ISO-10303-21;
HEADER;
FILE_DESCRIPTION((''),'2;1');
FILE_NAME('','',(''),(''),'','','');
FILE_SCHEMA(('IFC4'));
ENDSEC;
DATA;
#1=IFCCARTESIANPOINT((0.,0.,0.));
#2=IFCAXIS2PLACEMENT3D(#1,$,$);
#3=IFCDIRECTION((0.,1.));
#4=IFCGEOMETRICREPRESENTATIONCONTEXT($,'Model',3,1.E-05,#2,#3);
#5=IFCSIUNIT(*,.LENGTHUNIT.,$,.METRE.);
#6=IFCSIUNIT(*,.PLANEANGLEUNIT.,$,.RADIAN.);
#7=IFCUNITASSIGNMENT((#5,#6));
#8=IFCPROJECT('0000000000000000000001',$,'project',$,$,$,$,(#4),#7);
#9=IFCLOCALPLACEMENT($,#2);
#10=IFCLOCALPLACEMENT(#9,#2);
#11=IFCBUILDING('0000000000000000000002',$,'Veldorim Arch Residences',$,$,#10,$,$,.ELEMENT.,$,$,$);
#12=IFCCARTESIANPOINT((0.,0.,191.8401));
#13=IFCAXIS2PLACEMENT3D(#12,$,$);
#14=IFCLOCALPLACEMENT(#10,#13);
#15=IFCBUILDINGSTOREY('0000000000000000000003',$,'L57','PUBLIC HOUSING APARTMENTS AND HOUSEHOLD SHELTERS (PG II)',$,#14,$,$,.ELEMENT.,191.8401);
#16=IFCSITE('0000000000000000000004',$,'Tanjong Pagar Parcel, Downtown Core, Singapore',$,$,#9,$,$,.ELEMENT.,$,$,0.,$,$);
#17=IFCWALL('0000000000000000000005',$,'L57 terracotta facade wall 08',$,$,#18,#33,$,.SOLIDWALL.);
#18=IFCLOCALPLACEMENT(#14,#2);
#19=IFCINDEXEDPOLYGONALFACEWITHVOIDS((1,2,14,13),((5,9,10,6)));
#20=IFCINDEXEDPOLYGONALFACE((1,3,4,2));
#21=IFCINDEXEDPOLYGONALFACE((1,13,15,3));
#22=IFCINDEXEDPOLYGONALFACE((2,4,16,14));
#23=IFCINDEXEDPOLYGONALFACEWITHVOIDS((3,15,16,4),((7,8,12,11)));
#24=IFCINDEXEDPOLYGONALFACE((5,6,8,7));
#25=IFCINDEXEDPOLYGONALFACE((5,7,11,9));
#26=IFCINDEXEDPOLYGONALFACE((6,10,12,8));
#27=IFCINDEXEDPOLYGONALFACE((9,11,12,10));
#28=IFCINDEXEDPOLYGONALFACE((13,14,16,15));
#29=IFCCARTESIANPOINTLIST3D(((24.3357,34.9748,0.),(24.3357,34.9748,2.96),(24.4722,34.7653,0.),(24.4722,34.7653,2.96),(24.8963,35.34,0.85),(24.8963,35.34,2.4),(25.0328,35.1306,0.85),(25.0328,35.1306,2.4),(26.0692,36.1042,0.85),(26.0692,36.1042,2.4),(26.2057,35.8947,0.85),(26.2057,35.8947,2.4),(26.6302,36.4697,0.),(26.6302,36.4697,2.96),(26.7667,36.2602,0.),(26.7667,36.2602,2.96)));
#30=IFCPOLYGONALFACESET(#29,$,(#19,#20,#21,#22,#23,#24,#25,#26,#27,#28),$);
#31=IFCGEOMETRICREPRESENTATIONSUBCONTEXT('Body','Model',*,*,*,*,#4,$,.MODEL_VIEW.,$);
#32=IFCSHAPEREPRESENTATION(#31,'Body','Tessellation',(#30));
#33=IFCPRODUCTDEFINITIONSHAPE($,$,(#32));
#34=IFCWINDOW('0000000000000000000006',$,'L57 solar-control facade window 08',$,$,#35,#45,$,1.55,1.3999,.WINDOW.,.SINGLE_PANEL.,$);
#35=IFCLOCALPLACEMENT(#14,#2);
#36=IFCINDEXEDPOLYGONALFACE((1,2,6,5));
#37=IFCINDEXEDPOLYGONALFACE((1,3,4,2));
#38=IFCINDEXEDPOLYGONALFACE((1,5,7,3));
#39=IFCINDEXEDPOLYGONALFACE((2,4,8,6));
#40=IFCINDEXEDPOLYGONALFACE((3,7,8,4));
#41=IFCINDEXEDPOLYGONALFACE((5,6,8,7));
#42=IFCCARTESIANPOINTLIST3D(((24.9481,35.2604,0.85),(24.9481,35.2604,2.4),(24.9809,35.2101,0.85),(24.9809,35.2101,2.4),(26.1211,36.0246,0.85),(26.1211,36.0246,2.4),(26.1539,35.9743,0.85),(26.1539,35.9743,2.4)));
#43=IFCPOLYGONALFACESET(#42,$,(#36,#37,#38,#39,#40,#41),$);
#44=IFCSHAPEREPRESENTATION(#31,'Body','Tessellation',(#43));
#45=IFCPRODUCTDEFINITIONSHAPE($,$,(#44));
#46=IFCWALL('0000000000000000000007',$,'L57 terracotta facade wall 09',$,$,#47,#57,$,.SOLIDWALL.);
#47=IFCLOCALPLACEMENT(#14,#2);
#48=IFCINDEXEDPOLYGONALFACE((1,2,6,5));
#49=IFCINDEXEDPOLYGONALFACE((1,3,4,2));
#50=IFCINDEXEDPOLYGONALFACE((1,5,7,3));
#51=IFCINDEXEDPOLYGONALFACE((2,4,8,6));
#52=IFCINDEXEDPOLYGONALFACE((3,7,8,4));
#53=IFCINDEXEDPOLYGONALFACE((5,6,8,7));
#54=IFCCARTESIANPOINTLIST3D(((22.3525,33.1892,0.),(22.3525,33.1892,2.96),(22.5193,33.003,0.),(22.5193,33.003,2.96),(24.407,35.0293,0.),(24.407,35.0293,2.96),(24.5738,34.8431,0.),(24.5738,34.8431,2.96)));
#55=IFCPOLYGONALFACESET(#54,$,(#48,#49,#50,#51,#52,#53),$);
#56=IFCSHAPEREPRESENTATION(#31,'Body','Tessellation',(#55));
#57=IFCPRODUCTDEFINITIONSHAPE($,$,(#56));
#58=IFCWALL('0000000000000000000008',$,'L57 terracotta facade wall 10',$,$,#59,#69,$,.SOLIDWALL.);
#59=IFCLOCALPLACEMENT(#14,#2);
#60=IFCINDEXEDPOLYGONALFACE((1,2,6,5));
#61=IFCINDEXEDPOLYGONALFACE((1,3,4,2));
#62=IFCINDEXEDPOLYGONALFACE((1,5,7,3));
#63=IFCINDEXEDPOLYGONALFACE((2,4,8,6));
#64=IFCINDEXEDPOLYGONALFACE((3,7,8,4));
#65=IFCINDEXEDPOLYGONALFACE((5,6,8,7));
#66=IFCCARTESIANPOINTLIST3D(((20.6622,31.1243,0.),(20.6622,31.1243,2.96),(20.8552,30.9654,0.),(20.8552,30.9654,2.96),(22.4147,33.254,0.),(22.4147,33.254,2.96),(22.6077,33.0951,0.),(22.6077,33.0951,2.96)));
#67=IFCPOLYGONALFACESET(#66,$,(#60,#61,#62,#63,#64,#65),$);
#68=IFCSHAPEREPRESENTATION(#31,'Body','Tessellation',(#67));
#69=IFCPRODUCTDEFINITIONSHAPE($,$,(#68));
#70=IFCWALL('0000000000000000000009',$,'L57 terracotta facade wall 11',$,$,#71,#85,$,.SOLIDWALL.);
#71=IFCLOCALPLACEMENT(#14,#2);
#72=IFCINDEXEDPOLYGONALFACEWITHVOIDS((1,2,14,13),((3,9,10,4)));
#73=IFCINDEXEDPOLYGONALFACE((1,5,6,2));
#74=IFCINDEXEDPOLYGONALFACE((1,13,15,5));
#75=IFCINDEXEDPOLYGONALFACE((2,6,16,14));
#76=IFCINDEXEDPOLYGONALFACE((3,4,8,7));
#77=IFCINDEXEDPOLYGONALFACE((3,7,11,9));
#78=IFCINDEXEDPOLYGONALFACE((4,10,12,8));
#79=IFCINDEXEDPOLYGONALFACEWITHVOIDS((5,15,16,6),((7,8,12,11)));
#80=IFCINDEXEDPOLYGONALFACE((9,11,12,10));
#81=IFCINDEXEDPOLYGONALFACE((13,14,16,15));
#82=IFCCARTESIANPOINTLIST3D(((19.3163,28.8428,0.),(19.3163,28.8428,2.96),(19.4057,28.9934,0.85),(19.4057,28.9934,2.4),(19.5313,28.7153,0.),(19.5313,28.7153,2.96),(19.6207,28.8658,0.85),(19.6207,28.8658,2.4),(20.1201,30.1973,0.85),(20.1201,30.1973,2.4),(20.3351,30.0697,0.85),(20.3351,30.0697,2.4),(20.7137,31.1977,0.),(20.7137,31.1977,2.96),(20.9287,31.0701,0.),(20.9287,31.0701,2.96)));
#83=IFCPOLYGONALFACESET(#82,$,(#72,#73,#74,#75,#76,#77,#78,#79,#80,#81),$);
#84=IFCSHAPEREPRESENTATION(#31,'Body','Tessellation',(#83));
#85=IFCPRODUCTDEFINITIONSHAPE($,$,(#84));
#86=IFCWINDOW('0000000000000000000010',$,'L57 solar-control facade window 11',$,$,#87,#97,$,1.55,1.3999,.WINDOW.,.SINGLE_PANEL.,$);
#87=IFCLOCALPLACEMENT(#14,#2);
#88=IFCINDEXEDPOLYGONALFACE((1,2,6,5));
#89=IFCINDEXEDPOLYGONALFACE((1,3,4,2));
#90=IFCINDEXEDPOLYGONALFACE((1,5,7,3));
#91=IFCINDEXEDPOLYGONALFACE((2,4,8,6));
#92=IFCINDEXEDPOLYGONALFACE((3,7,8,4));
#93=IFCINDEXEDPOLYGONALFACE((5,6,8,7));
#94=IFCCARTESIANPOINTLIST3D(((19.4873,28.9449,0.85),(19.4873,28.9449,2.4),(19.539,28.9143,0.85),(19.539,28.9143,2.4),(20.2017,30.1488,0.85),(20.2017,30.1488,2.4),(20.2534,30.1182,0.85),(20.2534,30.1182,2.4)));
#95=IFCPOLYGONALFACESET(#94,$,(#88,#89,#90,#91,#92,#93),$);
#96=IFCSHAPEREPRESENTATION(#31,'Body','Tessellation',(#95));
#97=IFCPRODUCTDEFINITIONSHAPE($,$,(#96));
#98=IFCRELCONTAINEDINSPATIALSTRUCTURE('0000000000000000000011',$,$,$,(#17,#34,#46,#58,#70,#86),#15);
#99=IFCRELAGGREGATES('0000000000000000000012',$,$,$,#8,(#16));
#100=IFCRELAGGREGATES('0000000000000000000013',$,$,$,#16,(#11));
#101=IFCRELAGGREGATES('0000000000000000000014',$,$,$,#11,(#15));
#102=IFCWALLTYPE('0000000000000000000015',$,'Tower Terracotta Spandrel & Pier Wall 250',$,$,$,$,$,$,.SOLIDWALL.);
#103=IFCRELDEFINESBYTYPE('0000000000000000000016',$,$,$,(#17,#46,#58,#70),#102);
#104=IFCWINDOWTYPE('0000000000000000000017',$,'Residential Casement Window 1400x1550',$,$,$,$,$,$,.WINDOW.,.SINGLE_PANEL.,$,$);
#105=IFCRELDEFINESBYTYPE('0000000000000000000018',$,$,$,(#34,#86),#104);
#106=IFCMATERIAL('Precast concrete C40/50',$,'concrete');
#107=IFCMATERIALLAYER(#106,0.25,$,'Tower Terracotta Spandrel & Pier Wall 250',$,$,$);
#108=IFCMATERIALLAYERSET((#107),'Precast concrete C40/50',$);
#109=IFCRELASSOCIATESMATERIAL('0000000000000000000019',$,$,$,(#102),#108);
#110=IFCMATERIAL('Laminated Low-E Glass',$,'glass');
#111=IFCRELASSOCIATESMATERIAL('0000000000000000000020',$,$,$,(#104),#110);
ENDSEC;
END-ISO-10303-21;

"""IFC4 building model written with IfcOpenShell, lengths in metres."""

from ifc_helpers import new_model, si_unit, direction, frame, frame_2d, origin, place, context, subcontext, project, spatial, rectangle, extrude, material, layer, layer_set, type_object, element, fill, save


model = new_model("IFC4")

# Units and contexts
model_context = context("Model", 3, precision=1e-05, world=origin(), true_north=direction((0.0, 1.0)))
body_context = subcontext(model_context, "Body", "Model", "MODEL_VIEW")
ifc_project = project(units=[si_unit("LENGTHUNIT", "METRE"), si_unit("PLANEANGLEUNIT", "RADIAN")], contexts=[model_context])

# Site, building, storey
site_placement = place(None, origin())
site = spatial("IfcSite", under=ifc_project, at=site_placement, Name="Tanjong Pagar Parcel, Downtown Core, Singapore", CompositionType="ELEMENT", RefElevation=0.0)
building_placement = place(site_placement, origin())
building = spatial("IfcBuilding", under=site, at=building_placement, Name="Veldorim Arch Residences", CompositionType="ELEMENT")
storey_placement = place(building_placement, frame((0.0, 0.0, 191.8401)))
storey = spatial("IfcBuildingStorey", under=building, at=storey_placement, Name="L57", Description="PUBLIC HOUSING APARTMENTS AND HOUSEHOLD SHELTERS (PG II)", CompositionType="ELEMENT", Elevation=191.8401)

# Wall, opening, window
ifc_material_1 = material(Name="Precast concrete C40/50", Category="concrete")
ifc_layer_1 = layer(ifc_material_1, 0.25, Name="Tower Terracotta Spandrel & Pier Wall 250")
ifc_layer_set_1 = layer_set([ifc_layer_1], Name="Precast concrete C40/50")
wall_type_1 = type_object("IfcWallType", Name="Tower Terracotta Spandrel & Pier Wall 250", PredefinedType="SOLIDWALL", material=ifc_layer_set_1)
wall_1_placement = place(storey_placement, frame((24.4041, 34.8701, 0.0), z_axis=(0.0, 0.0, 1.0), x_axis=(0.837861, 0.545884, 0.0)))
wall_1 = element("IfcWall", 1, at=wall_1_placement, inside=storey, type_object=wall_type_1, Name="L57 terracotta facade wall 08", PredefinedType="SOLIDWALL", context=body_context, shape_type="SweptSolid", body=[
    extrude(rectangle(XDim=2.7385, YDim=0.25, at=frame_2d((1.3691, 0.0))), origin(), (0.0, 0.0, 1.0), 2.96),
])
opening_1_placement = place(wall_1_placement, frame((0.6689, 0.0, 0.8501)))
opening_1 = element("IfcOpeningElement", 2, at=opening_1_placement, cuts=wall_1, PredefinedType="OPENING", context=body_context, shape_type="SweptSolid", body=[
    extrude(rectangle(XDim=1.3999, YDim=1.55, at=frame_2d((0.7, 0.7749))), frame((0.0, 0.135, 0.0), z_axis=(0.0, -1.0, 0.0), x_axis=(1.0, 0.0, 0.0)), (0.0, 0.0, 1.0), 0.27),
])
ifc_material_2 = material(Name="Laminated Low-E Glass", Category="glass")
window_type_1 = type_object("IfcWindowType", Name="Residential Casement Window 1400x1550", PartitioningType="SINGLE_PANEL", PredefinedType="WINDOW", material=ifc_material_2)
window_1_placement = place(opening_1_placement, origin())
window_1 = element("IfcWindow", 3, at=window_1_placement, inside=storey, type_object=window_type_1, Name="L57 solar-control facade window 08", OverallHeight=1.55, OverallWidth=1.3999, PartitioningType="SINGLE_PANEL", PredefinedType="WINDOW", context=body_context, shape_type="SweptSolid", body=[
    extrude(rectangle(XDim=1.3999, YDim=1.55, at=frame_2d((0.7, 0.7749))), frame((0.0, 0.03, 0.0), z_axis=(0.0, -1.0, 0.0), x_axis=(1.0, 0.0, 0.0)), (0.0, 0.0, 1.0), 0.0601),
])
fill(opening_1, window_1)

# Walls
for number, where, z_axis, x_axis, name in (
    (4, (22.436, 33.0962, 0.0), (0.0, 0.0, 1.0), (0.744899, 0.667178, 0.0), "L57 terracotta facade wall 09"),
    (5, (20.7588, 31.0449, 0.0), (0.0, 0.0, 1.0), (0.635409, 0.772175, 0.0), "L57 terracotta facade wall 10"),
):
    element("IfcWall", number, at=place(storey_placement, frame(where, z_axis=z_axis, x_axis=x_axis)), inside=storey, type_object=wall_type_1, Name=name, PredefinedType="SOLIDWALL", context=body_context, shape_type="SweptSolid", body=[
        extrude(rectangle(XDim=2.7581, YDim=0.25, at=frame_2d((1.3789, 0.0))), origin(), (0.0, 0.0, 1.0), 2.96),
    ])

# Wall, opening, window
wall_2_placement = place(storey_placement, frame((19.4238, 28.7791, 0.0), z_axis=(0.0, 0.0, 1.0), x_axis=(0.51032, 0.859984, 0.0)))
wall_2 = element("IfcWall", 6, at=wall_2_placement, inside=storey, type_object=wall_type_1, Name="L57 terracotta facade wall 11", PredefinedType="SOLIDWALL", context=body_context, shape_type="SweptSolid", body=[
    extrude(rectangle(XDim=2.7383, YDim=0.25, at=frame_2d((1.3691, 0.0))), origin(), (0.0, 0.0, 1.0), 2.96),
])
opening_2_placement = place(wall_2_placement, frame((0.175, 0.0, 0.8501)))
opening_2 = element("IfcOpeningElement", 7, at=opening_2_placement, cuts=wall_2, PredefinedType="OPENING", context=body_context, shape_type="SweptSolid", body=[
    extrude(rectangle(XDim=1.3999, YDim=1.55, at=frame_2d((0.7, 0.7749))), frame((0.0, 0.135, 0.0), z_axis=(0.0, -1.0, 0.0), x_axis=(1.0, 0.0, 0.0)), (0.0, 0.0, 1.0), 0.27),
])
window_2_placement = place(opening_2_placement, origin())
window_2 = element("IfcWindow", 8, at=window_2_placement, inside=storey, type_object=window_type_1, Name="L57 solar-control facade window 11", OverallHeight=1.55, OverallWidth=1.3999, PartitioningType="SINGLE_PANEL", PredefinedType="WINDOW", context=body_context, shape_type="SweptSolid", body=[
    extrude(rectangle(XDim=1.3999, YDim=1.55, at=frame_2d((0.7, 0.7749))), frame((0.0, 0.03, 0.0), z_axis=(0.0, -1.0, 0.0), x_axis=(1.0, 0.0, 0.0)), (0.0, 0.0, 1.0), 0.0601),
])
fill(opening_2, window_2)

save(model, "model.ifc")
